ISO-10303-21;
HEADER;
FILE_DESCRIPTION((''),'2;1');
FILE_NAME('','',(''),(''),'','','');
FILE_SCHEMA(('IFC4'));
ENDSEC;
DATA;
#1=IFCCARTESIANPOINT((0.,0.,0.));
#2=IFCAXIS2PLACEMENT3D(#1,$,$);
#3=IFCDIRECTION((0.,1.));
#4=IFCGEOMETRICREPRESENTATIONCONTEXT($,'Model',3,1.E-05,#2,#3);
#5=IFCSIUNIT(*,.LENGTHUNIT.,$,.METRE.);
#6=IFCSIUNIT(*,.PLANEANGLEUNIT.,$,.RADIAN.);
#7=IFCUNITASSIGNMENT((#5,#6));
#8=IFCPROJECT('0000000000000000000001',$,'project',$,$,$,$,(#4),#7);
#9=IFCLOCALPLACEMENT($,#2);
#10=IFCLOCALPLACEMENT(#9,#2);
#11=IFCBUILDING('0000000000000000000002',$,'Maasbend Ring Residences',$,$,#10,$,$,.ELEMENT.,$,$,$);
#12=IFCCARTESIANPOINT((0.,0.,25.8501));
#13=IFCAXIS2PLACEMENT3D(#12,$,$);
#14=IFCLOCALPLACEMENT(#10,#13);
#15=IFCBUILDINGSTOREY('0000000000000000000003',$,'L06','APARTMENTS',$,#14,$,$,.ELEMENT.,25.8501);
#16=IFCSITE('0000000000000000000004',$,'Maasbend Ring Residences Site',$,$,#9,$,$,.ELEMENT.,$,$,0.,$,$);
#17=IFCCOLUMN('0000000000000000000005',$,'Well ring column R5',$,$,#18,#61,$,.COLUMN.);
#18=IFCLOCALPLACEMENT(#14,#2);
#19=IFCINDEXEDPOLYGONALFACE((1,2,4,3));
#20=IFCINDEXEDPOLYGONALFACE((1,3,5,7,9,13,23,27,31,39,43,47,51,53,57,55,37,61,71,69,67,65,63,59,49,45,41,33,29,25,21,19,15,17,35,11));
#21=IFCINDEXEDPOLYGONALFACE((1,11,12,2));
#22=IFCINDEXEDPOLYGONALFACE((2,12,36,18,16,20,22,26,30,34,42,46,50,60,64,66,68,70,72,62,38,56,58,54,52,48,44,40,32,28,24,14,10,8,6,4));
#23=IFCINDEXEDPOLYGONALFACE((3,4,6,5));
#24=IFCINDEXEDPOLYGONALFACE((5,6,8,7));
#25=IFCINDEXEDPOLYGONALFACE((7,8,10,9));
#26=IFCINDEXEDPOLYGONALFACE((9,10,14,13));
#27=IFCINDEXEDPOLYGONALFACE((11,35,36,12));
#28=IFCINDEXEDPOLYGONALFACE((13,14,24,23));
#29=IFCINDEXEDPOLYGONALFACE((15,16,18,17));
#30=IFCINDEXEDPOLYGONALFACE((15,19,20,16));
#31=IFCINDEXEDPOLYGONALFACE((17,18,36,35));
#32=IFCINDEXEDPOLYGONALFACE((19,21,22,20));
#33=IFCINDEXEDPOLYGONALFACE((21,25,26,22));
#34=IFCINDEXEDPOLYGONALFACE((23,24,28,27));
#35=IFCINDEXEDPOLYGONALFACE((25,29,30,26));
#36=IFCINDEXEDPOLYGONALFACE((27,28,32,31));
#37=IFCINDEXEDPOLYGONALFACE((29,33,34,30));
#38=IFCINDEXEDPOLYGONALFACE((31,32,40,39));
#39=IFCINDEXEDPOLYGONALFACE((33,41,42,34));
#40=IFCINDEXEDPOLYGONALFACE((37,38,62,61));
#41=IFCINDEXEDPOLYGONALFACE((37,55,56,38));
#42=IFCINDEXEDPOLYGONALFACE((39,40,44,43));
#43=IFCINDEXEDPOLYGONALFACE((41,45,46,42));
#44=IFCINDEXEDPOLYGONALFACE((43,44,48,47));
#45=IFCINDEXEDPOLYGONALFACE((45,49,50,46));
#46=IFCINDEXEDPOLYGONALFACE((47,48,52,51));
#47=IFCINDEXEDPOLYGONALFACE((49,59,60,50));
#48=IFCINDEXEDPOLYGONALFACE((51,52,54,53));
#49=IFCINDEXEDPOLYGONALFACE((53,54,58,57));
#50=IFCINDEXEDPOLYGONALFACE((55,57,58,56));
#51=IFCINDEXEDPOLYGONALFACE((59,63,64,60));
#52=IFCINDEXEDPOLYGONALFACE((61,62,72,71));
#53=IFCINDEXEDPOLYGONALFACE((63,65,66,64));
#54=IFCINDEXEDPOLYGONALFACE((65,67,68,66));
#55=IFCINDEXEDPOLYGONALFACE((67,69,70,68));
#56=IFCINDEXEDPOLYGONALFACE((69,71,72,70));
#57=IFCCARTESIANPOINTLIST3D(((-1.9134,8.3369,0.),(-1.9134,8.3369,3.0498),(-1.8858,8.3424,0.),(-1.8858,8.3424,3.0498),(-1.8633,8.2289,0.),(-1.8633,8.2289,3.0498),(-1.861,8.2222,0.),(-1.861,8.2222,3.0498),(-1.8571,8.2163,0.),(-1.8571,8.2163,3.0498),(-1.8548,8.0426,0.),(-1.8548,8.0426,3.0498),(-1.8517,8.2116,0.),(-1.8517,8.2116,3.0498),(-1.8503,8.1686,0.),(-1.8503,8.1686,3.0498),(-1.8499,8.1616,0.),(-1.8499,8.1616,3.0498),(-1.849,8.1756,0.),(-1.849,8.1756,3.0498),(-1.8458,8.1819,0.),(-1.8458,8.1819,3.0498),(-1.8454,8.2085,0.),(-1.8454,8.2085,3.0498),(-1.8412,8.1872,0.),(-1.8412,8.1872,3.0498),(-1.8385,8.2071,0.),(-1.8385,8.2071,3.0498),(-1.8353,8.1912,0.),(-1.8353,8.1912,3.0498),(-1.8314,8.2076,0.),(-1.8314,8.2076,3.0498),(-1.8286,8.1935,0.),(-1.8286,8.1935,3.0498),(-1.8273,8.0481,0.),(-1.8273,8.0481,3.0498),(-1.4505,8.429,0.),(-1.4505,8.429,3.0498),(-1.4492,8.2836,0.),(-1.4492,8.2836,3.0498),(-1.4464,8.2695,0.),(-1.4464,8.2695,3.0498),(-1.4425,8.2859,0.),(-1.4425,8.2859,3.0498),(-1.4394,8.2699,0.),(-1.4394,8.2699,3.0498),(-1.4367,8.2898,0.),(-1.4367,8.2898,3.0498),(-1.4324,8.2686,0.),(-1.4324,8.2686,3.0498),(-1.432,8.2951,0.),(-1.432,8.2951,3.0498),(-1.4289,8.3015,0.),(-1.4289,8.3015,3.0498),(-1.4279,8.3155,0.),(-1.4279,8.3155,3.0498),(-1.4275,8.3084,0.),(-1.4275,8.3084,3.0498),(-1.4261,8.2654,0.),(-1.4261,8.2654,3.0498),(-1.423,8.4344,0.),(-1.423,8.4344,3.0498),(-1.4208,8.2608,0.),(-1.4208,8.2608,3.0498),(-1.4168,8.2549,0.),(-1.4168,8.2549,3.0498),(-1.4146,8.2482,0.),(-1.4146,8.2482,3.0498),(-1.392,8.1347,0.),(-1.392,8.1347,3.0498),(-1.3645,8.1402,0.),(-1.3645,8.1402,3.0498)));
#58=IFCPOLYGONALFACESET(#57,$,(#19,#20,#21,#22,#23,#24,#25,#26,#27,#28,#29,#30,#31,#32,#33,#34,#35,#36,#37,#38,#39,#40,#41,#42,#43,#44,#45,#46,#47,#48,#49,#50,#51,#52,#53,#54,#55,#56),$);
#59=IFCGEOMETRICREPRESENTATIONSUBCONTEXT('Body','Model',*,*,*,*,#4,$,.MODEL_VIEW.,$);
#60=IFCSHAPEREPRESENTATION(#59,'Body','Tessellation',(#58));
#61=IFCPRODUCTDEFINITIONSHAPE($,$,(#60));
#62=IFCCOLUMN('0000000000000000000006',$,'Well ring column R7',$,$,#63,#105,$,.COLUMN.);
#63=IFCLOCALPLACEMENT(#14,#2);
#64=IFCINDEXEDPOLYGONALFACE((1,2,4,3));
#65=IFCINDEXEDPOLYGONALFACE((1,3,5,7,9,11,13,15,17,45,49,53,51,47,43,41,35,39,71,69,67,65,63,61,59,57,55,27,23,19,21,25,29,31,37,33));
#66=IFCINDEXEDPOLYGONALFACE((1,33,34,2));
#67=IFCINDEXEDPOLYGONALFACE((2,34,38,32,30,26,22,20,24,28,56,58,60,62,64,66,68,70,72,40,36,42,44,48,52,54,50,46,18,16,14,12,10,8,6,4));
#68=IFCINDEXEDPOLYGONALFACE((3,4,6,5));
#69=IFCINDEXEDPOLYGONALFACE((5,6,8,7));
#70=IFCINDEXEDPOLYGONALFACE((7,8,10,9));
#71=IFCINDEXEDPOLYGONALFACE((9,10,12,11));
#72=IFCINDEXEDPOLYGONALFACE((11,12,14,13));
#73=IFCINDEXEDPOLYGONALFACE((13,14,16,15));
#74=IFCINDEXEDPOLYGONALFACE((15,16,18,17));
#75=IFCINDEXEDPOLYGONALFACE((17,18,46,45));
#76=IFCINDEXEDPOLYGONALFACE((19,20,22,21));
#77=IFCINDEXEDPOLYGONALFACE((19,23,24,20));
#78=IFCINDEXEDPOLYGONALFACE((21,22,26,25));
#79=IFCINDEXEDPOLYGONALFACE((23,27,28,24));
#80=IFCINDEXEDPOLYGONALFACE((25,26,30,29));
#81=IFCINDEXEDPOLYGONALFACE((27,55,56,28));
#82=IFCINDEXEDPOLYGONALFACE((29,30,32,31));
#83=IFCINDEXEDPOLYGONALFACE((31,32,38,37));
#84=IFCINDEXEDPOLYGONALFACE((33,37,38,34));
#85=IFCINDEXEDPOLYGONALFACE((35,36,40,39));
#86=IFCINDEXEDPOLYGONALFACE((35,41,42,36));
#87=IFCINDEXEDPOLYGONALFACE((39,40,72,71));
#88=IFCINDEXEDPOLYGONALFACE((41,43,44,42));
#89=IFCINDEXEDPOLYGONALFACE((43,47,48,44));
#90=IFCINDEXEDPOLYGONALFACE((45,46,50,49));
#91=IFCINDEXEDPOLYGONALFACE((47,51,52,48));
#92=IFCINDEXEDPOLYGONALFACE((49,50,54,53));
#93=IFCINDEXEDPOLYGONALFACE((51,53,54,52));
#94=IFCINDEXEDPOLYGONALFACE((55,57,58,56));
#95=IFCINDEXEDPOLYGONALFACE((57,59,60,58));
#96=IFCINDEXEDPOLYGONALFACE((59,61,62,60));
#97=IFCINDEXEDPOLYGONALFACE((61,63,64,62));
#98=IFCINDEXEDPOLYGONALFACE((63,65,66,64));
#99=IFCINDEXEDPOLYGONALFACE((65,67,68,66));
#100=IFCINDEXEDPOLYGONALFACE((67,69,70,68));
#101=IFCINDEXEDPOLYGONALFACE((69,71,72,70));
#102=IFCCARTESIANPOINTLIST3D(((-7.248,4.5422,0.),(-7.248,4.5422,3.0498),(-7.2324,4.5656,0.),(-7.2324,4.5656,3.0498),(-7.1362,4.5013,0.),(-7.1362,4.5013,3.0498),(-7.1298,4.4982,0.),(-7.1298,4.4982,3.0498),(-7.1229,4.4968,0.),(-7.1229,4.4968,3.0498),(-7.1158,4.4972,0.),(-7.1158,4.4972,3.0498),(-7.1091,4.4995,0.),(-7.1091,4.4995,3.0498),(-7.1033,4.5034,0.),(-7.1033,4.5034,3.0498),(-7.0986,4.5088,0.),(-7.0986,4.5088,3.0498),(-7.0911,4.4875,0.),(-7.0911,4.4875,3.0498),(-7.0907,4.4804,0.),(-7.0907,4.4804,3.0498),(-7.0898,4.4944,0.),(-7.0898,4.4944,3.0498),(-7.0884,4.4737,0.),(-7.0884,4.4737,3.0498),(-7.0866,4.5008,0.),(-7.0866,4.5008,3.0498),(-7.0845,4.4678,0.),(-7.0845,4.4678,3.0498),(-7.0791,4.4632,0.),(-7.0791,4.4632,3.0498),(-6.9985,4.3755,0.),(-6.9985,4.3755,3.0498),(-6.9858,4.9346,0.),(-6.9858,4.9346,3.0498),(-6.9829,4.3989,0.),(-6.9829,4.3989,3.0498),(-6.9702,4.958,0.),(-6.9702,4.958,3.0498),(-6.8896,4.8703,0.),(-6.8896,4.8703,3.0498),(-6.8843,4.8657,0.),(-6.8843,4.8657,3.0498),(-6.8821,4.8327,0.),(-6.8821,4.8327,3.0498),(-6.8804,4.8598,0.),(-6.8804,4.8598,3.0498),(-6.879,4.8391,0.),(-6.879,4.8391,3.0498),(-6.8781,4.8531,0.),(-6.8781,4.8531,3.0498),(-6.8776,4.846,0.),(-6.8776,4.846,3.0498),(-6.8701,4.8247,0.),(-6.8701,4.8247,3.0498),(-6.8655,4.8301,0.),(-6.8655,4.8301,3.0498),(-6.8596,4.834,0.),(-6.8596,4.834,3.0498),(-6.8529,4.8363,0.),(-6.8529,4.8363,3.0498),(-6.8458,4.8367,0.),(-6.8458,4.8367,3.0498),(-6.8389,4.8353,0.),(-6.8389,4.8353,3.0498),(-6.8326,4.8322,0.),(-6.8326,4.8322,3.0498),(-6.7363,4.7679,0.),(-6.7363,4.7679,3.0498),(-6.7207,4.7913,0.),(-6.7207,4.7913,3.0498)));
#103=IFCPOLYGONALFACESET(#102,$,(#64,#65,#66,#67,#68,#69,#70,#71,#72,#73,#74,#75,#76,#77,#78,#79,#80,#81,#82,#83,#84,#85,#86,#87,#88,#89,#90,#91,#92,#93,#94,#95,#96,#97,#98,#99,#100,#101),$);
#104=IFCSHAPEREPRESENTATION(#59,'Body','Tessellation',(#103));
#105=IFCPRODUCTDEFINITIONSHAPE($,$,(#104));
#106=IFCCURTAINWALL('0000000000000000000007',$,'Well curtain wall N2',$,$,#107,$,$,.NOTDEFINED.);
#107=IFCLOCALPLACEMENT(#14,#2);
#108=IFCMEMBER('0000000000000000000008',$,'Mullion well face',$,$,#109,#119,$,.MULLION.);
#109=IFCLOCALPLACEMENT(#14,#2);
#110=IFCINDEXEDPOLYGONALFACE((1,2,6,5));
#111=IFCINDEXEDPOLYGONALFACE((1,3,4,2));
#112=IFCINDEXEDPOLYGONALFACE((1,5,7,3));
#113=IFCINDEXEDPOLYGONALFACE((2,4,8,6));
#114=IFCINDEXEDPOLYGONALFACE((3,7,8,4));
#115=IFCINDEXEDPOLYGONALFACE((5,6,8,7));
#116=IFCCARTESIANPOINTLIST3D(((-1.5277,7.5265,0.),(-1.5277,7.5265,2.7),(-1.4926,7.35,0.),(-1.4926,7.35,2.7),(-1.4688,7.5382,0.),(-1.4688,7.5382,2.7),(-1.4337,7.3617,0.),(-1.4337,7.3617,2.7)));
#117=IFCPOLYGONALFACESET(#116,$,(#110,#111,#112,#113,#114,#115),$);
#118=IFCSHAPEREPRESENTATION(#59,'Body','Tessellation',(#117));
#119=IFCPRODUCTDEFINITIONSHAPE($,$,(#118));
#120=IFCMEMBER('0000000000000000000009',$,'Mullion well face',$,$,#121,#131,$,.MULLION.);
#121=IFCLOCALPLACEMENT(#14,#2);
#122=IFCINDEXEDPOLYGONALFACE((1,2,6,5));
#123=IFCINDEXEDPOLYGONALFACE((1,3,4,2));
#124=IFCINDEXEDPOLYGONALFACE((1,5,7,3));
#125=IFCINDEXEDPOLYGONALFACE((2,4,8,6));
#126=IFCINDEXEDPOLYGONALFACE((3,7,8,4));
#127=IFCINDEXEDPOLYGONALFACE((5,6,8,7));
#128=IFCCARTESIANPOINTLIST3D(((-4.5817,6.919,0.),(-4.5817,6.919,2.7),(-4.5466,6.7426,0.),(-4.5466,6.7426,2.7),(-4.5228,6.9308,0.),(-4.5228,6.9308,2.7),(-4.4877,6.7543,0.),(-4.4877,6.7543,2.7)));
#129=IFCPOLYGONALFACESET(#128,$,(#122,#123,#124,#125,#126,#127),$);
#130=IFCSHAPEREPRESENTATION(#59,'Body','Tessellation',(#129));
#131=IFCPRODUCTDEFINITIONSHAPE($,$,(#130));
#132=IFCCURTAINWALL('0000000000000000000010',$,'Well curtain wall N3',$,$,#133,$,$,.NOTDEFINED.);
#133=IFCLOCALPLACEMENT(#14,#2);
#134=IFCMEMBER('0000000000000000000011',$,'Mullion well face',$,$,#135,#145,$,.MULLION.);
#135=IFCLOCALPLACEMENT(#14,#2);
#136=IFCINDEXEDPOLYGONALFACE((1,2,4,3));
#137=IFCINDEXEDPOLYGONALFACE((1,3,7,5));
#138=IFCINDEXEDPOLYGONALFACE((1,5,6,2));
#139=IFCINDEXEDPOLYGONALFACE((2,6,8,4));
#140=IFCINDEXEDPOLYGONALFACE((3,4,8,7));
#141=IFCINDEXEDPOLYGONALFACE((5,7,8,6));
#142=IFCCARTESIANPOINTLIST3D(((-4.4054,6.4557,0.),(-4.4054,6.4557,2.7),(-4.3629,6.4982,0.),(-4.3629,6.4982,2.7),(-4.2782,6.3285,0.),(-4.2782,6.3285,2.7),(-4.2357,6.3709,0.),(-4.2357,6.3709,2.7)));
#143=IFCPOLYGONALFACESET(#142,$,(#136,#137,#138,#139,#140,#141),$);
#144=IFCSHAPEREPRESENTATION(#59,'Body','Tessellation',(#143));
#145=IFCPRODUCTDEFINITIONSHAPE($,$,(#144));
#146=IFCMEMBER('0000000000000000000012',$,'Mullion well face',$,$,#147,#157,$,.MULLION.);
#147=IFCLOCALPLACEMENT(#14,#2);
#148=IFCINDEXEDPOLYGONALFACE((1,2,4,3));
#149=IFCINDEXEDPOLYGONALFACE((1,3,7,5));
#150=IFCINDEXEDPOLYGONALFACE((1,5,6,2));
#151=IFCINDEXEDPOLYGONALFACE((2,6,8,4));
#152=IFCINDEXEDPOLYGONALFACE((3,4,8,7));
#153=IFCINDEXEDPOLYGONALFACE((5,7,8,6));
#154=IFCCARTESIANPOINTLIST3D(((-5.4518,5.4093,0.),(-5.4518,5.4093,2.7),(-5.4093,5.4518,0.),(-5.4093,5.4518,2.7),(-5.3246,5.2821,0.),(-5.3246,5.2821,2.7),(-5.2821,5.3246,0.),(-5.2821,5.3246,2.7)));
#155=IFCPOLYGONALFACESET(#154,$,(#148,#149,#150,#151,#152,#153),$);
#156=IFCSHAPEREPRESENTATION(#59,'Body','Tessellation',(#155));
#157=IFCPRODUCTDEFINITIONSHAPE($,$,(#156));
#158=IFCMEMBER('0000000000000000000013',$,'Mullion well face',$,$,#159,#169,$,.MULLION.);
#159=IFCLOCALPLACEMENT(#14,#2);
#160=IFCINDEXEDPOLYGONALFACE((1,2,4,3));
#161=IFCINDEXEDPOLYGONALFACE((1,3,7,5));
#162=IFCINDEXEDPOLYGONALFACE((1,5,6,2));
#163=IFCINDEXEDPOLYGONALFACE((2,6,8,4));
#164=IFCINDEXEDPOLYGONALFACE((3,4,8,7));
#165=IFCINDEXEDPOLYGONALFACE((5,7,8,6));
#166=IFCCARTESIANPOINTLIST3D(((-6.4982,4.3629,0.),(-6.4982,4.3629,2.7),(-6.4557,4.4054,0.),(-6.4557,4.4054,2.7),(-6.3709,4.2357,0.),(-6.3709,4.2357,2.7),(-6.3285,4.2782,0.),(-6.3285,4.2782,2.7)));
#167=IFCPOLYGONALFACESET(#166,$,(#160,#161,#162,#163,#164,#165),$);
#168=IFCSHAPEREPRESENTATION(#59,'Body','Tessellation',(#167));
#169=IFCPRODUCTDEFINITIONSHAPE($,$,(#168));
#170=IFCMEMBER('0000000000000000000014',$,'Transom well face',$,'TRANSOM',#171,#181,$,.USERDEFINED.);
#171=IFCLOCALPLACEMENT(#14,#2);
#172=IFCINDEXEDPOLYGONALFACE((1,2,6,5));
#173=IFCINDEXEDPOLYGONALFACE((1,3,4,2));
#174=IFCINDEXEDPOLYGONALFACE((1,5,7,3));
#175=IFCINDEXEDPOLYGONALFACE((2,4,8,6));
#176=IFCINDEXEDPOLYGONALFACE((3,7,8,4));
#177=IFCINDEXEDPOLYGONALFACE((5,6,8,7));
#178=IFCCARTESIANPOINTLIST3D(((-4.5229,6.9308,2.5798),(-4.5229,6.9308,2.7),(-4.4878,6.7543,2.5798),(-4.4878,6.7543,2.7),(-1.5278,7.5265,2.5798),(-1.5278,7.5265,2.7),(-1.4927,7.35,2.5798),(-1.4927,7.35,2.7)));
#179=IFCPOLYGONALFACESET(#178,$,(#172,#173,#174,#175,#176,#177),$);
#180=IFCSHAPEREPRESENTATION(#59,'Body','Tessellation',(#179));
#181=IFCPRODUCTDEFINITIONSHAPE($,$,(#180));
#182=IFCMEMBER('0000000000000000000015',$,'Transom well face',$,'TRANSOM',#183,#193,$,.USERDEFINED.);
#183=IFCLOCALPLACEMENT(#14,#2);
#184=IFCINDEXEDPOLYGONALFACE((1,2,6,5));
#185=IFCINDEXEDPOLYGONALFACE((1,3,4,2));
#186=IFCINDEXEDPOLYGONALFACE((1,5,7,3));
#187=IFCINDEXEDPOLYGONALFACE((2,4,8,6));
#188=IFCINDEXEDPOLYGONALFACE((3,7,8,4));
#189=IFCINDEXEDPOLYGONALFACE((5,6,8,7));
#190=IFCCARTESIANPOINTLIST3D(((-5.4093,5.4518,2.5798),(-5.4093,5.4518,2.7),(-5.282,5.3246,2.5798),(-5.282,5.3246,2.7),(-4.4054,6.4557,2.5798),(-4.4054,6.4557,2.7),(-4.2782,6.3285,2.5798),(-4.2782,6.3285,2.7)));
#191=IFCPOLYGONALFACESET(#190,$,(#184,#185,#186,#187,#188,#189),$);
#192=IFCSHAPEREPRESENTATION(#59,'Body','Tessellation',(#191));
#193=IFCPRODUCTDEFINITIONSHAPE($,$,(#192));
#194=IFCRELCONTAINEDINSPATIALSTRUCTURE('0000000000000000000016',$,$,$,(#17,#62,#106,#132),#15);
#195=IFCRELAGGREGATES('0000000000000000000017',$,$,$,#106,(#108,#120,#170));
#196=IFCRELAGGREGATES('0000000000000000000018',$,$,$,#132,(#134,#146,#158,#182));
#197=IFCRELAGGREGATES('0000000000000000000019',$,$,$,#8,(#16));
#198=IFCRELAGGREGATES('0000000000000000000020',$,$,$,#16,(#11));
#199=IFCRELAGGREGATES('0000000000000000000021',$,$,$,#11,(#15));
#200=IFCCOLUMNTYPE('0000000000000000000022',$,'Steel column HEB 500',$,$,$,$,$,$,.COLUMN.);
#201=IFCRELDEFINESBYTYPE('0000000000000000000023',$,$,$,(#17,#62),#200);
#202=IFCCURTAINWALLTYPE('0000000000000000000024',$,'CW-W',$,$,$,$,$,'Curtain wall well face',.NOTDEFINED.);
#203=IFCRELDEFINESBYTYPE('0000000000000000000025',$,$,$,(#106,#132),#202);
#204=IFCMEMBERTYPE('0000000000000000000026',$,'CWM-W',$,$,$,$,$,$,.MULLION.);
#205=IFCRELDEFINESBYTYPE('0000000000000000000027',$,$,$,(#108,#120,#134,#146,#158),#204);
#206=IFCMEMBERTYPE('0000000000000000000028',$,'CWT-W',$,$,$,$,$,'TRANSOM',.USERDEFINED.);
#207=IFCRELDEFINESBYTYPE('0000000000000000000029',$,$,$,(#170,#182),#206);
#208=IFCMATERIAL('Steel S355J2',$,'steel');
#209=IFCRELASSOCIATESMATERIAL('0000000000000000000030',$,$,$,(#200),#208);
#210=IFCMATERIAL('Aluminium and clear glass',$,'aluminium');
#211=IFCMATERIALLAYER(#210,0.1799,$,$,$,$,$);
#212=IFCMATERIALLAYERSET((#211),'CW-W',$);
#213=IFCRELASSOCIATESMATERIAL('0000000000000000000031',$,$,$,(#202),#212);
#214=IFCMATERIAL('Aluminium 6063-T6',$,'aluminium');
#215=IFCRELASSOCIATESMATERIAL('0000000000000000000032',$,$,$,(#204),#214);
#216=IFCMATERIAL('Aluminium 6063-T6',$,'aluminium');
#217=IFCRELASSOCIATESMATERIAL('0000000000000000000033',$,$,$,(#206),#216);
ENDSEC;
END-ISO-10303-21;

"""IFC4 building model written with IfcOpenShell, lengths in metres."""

from ifc_helpers import new_model, si_unit, direction, frame, origin, origin_2d, place, context, subcontext, project, spatial, rectangle, i_section, extrude, material, layer, layer_set, material_profile, profile_set, type_object, element, aggregate, save


model = new_model("IFC4")

# Units and contexts
model_context = context("Model", 3, precision=1e-05, world=origin(), true_north=direction((0.0, 1.0)))
body_context = subcontext(model_context, "Body", "Model", "MODEL_VIEW")
ifc_project = project(units=[si_unit("LENGTHUNIT", "METRE"), si_unit("PLANEANGLEUNIT", "RADIAN")], contexts=[model_context])

# Site, building, storey
site_placement = place(None, origin())
site = spatial("IfcSite", under=ifc_project, at=site_placement, Name="Maasbend Ring Residences Site", CompositionType="ELEMENT", RefElevation=0.0)
building_placement = place(site_placement, origin())
building = spatial("IfcBuilding", under=site, at=building_placement, Name="Maasbend Ring Residences", CompositionType="ELEMENT")
storey_placement = place(building_placement, frame((0.0, 0.0, 25.8501)))
storey = spatial("IfcBuildingStorey", under=building, at=storey_placement, Name="L06", Description="APARTMENTS", CompositionType="ELEMENT", Elevation=25.8501)

# Columns
ifc_material_1 = material(Name="Steel S355J2", Category="steel")
ifc_material_profile_1 = material_profile(ifc_material_1, i_section(OverallWidth=0.3, OverallDepth=0.5, WebThickness=0.0144, FlangeThickness=0.0281, FilletRadius=0.0271, at=origin_2d()), Name="HEB 500")
ifc_profile_set_1 = profile_set([ifc_material_profile_1], Name="Steel S355J2")
column_type = type_object("IfcColumnType", Name="Steel column HEB 500", PredefinedType="COLUMN", material=ifc_profile_set_1)
for number, where, z_axis, x_axis, name in (
    (1, (-1.6389, 8.2385, 0.0), (0.0, 0.0, 1.0), (-0.19509, 0.980785, 0.0), "Well ring column R5"),
    (2, (-6.9844, 4.6667, 0.0), (0.0, 0.0, 1.0), (-0.83147, 0.55557, 0.0), "Well ring column R7"),
):
    element("IfcColumn", number, at=place(storey_placement, frame(where, z_axis=z_axis, x_axis=x_axis)), inside=storey, type_object=column_type, Name=name, PredefinedType="COLUMN", context=body_context, shape_type="SweptSolid", body=[
        extrude(i_section(OverallWidth=0.3, OverallDepth=0.5, WebThickness=0.0144, FlangeThickness=0.0281, FilletRadius=0.0271, at=origin_2d()), origin(), (0.0, 0.0, 1.0), 3.0498),
    ])

# Curtain walls, members
ifc_material_2 = material(Name="Aluminium and clear glass", Category="aluminium")
ifc_layer_1 = layer(ifc_material_2, 0.1799)
ifc_layer_set_1 = layer_set([ifc_layer_1], Name="CW-W")
curtain_wall_type = type_object("IfcCurtainWallType", Name="CW-W", ElementType="Curtain wall well face", PredefinedType="NOTDEFINED", material=ifc_layer_set_1)
curtain_wall_1_placement = place(storey_placement, origin())
curtain_wall_1 = element("IfcCurtainWall", 3, at=curtain_wall_1_placement, inside=storey, type_object=curtain_wall_type, Name="Well curtain wall N2", PredefinedType="NOTDEFINED")
ifc_material_3 = material(Name="Aluminium 6063-T6", Category="aluminium")
ifc_material_profile_2 = material_profile(ifc_material_3, rectangle(XDim=0.1799, YDim=0.0601, at=origin_2d()), Name="AL 180x60")
ifc_profile_set_2 = profile_set([ifc_material_profile_2], Name="Aluminium 6063-T6")
member_type_1 = type_object("IfcMemberType", Name="CWM-W", PredefinedType="MULLION", material=ifc_profile_set_2)
member_1_placement = place(storey_placement, frame((-1.4807, 7.4441, 0.0), z_axis=(0.0, 0.0, 1.0), x_axis=(0.19509, -0.980785, 0.0)))
member_1 = element("IfcMember", 4, at=member_1_placement, type_object=member_type_1, Name="Mullion well face", PredefinedType="MULLION", context=body_context, shape_type="SweptSolid", body=[
    extrude(rectangle(XDim=0.1799, YDim=0.0601, at=origin_2d()), origin(), (0.0, 0.0, 1.0), 2.7),
])
member_2_placement = place(storey_placement, frame((-4.5347, 6.8367, 0.0), z_axis=(0.0, 0.0, 1.0), x_axis=(0.19509, -0.980785, 0.0)))
member_2 = element("IfcMember", 5, at=member_2_placement, type_object=member_type_1, Name="Mullion well face", PredefinedType="MULLION", context=body_context, shape_type="SweptSolid", body=[
    extrude(rectangle(XDim=0.1799, YDim=0.0601, at=origin_2d()), origin(), (0.0, 0.0, 1.0), 2.7),
])
curtain_wall_2_placement = place(storey_placement, origin())
curtain_wall_2 = element("IfcCurtainWall", 6, at=curtain_wall_2_placement, inside=storey, type_object=curtain_wall_type, Name="Well curtain wall N3", PredefinedType="NOTDEFINED")
member_3_placement = place(storey_placement, frame((-4.3206, 6.4133, 0.0), z_axis=(0.0, 0.0, 1.0), x_axis=(0.707107, -0.707107, 0.0)))
member_3 = element("IfcMember", 7, at=member_3_placement, type_object=member_type_1, Name="Mullion well face", PredefinedType="MULLION", context=body_context, shape_type="SweptSolid", body=[
    extrude(rectangle(XDim=0.1799, YDim=0.0601, at=origin_2d()), origin(), (0.0, 0.0, 1.0), 2.7),
])
member_4_placement = place(storey_placement, frame((-5.3669, 5.3669, 0.0), z_axis=(0.0, 0.0, 1.0), x_axis=(0.707107, -0.707107, 0.0)))
member_4 = element("IfcMember", 8, at=member_4_placement, type_object=member_type_1, Name="Mullion well face", PredefinedType="MULLION", context=body_context, shape_type="SweptSolid", body=[
    extrude(rectangle(XDim=0.1799, YDim=0.0601, at=origin_2d()), origin(), (0.0, 0.0, 1.0), 2.7),
])
member_5_placement = place(storey_placement, frame((-6.4133, 4.3206, 0.0), z_axis=(0.0, 0.0, 1.0), x_axis=(0.707107, -0.707107, 0.0)))
member_5 = element("IfcMember", 9, at=member_5_placement, type_object=member_type_1, Name="Mullion well face", PredefinedType="MULLION", context=body_context, shape_type="SweptSolid", body=[
    extrude(rectangle(XDim=0.1799, YDim=0.0601, at=origin_2d()), origin(), (0.0, 0.0, 1.0), 2.7),
])

# Members
ifc_material_4 = material(Name="Aluminium 6063-T6", Category="aluminium")
ifc_material_profile_3 = material_profile(ifc_material_4, rectangle(XDim=0.1799, YDim=0.1201, at=origin_2d()), Name="AL 180x120")
ifc_profile_set_3 = profile_set([ifc_material_profile_3], Name="Aluminium 6063-T6")
member_type_2 = type_object("IfcMemberType", Name="CWT-W", ElementType="TRANSOM", PredefinedType="USERDEFINED", material=ifc_profile_set_3)
member_6_placement = place(storey_placement, frame((-1.5103, 7.4382, 2.6399), z_axis=(-0.980789, -0.195071, 0.0), x_axis=(0.195071, -0.980789, 0.0)))
member_6 = element("IfcMember", 10, at=member_6_placement, type_object=member_type_2, Name="Transom well face", ObjectType="TRANSOM", PredefinedType="USERDEFINED", context=body_context, shape_type="SweptSolid", body=[
    extrude(rectangle(XDim=0.1799, YDim=0.1201, at=origin_2d()), origin(), (0.0, 0.0, 1.0), 3.0537),
])
member_7_placement = place(storey_placement, frame((-4.3418, 6.3921, 2.6399), z_axis=(-0.707107, -0.707107, 0.0), x_axis=(0.707107, -0.707107, 0.0)))
member_7 = element("IfcMember", 11, at=member_7_placement, type_object=member_type_2, Name="Transom well face", ObjectType="TRANSOM", PredefinedType="USERDEFINED", context=body_context, shape_type="SweptSolid", body=[
    extrude(rectangle(XDim=0.1799, YDim=0.1201, at=origin_2d()), origin(), (0.0, 0.0, 1.0), 1.4197),
])

aggregate(curtain_wall_1, [member_1, member_2, member_6])
aggregate(curtain_wall_2, [member_3, member_4, member_5, member_7])

save(model, "model.ifc")
